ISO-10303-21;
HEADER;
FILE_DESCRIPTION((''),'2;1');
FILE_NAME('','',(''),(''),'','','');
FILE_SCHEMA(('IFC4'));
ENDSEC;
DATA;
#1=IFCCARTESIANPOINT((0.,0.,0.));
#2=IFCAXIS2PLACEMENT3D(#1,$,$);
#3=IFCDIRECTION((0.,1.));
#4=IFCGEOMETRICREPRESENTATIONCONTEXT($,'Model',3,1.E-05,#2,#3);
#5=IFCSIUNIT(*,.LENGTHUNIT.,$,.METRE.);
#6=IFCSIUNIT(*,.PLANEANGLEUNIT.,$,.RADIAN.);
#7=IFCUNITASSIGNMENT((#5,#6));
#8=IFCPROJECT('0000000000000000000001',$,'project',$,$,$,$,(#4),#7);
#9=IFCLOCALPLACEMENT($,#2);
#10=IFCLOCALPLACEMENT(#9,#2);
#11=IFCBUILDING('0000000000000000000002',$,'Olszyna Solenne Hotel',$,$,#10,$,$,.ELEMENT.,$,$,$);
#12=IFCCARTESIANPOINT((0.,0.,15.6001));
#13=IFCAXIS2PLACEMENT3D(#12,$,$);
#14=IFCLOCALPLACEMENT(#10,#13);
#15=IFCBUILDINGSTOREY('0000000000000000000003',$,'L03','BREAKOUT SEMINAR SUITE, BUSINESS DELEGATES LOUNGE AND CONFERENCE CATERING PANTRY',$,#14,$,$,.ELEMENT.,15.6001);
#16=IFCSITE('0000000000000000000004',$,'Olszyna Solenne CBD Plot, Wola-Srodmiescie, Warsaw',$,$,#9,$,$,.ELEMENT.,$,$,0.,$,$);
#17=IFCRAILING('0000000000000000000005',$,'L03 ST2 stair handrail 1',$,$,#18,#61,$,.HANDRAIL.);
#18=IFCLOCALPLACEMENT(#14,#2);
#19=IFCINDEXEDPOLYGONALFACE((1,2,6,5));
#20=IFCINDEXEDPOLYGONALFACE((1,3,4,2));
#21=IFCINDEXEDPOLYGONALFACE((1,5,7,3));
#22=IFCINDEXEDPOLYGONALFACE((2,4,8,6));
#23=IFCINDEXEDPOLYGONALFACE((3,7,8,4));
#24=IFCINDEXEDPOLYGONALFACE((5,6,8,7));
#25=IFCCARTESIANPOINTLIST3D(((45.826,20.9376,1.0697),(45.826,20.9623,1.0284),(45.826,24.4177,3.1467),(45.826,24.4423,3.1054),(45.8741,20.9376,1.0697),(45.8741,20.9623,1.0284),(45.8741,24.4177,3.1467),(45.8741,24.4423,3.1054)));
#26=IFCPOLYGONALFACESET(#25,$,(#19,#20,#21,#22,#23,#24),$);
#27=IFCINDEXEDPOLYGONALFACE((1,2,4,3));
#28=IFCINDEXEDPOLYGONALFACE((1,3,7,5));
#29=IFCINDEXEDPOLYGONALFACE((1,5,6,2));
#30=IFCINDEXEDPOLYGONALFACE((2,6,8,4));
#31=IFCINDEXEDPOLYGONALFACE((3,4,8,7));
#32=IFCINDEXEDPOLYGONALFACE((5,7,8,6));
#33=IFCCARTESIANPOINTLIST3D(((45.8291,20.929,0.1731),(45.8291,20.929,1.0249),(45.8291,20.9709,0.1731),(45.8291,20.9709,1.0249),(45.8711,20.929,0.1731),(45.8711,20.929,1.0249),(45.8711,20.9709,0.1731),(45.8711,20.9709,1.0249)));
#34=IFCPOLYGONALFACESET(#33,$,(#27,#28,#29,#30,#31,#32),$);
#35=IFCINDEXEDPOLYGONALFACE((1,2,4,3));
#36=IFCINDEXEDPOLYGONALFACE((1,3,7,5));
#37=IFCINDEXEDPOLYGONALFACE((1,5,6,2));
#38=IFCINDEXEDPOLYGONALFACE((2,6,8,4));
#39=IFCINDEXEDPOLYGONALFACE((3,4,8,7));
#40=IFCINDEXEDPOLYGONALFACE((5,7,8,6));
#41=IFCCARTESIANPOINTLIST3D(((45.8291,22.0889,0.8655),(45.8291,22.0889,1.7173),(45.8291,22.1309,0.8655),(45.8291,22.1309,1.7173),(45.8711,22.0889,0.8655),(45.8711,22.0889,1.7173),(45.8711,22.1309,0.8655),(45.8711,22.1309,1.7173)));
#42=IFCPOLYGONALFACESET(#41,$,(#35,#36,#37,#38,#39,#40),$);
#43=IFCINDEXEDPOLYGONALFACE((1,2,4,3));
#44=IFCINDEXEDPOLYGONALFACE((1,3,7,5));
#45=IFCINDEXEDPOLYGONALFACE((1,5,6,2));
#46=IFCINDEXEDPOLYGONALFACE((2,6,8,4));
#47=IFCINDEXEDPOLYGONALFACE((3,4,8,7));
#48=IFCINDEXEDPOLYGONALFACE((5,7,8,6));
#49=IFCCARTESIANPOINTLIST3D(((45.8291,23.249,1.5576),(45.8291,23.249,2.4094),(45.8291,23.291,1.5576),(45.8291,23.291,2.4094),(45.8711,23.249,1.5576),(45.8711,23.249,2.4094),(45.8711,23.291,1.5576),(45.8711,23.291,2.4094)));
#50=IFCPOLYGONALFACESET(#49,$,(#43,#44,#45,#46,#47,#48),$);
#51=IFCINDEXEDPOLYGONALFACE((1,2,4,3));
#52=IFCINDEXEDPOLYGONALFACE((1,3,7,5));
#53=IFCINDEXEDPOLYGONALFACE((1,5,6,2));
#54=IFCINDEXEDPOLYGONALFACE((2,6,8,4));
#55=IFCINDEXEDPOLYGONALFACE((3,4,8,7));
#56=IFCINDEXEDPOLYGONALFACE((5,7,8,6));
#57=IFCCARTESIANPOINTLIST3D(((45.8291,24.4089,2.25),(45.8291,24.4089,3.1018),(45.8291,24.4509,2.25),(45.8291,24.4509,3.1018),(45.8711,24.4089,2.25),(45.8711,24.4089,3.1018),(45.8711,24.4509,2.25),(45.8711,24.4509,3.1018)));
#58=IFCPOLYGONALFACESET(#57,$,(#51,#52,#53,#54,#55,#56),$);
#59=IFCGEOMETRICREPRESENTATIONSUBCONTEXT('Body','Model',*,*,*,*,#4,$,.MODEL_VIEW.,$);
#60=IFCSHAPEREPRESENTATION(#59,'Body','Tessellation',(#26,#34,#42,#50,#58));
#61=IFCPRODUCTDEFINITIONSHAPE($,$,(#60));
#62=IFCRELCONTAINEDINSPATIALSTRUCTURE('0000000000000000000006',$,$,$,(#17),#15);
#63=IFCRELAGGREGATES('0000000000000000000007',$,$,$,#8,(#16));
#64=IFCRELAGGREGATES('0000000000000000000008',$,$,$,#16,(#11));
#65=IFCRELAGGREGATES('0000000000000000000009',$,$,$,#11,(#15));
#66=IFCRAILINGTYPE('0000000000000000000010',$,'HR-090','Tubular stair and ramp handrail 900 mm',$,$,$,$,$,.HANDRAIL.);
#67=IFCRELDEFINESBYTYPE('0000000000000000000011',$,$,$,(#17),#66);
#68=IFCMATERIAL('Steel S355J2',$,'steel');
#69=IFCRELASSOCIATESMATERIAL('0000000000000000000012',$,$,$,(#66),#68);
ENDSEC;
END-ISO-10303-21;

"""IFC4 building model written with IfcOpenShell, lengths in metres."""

from ifc_helpers import new_model, si_unit, direction, frame, origin, origin_2d, place, context, subcontext, project, spatial, rectangle, extrude, material, type_object, element, save


model = new_model("IFC4")

# Units and contexts
model_context = context("Model", 3, precision=1e-05, world=origin(), true_north=direction((0.0, 1.0)))
body_context = subcontext(model_context, "Body", "Model", "MODEL_VIEW")
ifc_project = project(units=[si_unit("LENGTHUNIT", "METRE"), si_unit("PLANEANGLEUNIT", "RADIAN")], contexts=[model_context])

# Site, building, storey
site_placement = place(None, origin())
site = spatial("IfcSite", under=ifc_project, at=site_placement, Name="Olszyna Solenne CBD Plot, Wola-Srodmiescie, Warsaw", CompositionType="ELEMENT", RefElevation=0.0)
building_placement = place(site_placement, origin())
building = spatial("IfcBuilding", under=site, at=building_placement, Name="Olszyna Solenne Hotel", CompositionType="ELEMENT")
storey_placement = place(building_placement, frame((0.0, 0.0, 15.6001)))
storey = spatial("IfcBuildingStorey", under=building, at=storey_placement, Name="L03", Description="BREAKOUT SEMINAR SUITE, BUSINESS DELEGATES LOUNGE AND CONFERENCE CATERING PANTRY", CompositionType="ELEMENT", Elevation=15.6001)

# Shared definitions
ifc_material_1 = material(Name="Steel S355J2", Category="steel")

# Railing
railing_type_1 = type_object("IfcRailingType", Name="HR-090", Description="Tubular stair and ramp handrail 900 mm", PredefinedType="HANDRAIL", material=ifc_material_1)
railing_1_placement = place(storey_placement, frame((45.8501, 20.95, 0.1731)))
element("IfcRailing", 1, at=railing_1_placement, inside=storey, type_object=railing_type_1, Name="L03 ST2 stair handrail 1", PredefinedType="HANDRAIL", context=body_context, shape_type="SweptSolid", body=[
    extrude(rectangle(XDim=0.0481, YDim=0.0481, at=origin_2d()), frame((0.0, 0.0, 0.876), z_axis=(0.0, 0.858697, 0.512483), x_axis=(-1.0, 0.0, 0.0)), (0.0, 0.0, 1.0), 4.0527),
    extrude(rectangle(XDim=0.042, YDim=0.042, at=origin_2d()), origin(), (0.0, 0.0, 1.0), 0.8518),
    extrude(rectangle(XDim=0.042, YDim=0.042, at=origin_2d()), frame((0.0, 1.1599, 0.6924)), (0.0, 0.0, 1.0), 0.8518),
    extrude(rectangle(XDim=0.042, YDim=0.042, at=origin_2d()), frame((0.0, 2.3201, 1.3845)), (0.0, 0.0, 1.0), 0.8518),
    extrude(rectangle(XDim=0.042, YDim=0.042, at=origin_2d()), frame((0.0, 3.48, 2.0769)), (0.0, 0.0, 1.0), 0.8518),
])

save(model, "model.ifc")
